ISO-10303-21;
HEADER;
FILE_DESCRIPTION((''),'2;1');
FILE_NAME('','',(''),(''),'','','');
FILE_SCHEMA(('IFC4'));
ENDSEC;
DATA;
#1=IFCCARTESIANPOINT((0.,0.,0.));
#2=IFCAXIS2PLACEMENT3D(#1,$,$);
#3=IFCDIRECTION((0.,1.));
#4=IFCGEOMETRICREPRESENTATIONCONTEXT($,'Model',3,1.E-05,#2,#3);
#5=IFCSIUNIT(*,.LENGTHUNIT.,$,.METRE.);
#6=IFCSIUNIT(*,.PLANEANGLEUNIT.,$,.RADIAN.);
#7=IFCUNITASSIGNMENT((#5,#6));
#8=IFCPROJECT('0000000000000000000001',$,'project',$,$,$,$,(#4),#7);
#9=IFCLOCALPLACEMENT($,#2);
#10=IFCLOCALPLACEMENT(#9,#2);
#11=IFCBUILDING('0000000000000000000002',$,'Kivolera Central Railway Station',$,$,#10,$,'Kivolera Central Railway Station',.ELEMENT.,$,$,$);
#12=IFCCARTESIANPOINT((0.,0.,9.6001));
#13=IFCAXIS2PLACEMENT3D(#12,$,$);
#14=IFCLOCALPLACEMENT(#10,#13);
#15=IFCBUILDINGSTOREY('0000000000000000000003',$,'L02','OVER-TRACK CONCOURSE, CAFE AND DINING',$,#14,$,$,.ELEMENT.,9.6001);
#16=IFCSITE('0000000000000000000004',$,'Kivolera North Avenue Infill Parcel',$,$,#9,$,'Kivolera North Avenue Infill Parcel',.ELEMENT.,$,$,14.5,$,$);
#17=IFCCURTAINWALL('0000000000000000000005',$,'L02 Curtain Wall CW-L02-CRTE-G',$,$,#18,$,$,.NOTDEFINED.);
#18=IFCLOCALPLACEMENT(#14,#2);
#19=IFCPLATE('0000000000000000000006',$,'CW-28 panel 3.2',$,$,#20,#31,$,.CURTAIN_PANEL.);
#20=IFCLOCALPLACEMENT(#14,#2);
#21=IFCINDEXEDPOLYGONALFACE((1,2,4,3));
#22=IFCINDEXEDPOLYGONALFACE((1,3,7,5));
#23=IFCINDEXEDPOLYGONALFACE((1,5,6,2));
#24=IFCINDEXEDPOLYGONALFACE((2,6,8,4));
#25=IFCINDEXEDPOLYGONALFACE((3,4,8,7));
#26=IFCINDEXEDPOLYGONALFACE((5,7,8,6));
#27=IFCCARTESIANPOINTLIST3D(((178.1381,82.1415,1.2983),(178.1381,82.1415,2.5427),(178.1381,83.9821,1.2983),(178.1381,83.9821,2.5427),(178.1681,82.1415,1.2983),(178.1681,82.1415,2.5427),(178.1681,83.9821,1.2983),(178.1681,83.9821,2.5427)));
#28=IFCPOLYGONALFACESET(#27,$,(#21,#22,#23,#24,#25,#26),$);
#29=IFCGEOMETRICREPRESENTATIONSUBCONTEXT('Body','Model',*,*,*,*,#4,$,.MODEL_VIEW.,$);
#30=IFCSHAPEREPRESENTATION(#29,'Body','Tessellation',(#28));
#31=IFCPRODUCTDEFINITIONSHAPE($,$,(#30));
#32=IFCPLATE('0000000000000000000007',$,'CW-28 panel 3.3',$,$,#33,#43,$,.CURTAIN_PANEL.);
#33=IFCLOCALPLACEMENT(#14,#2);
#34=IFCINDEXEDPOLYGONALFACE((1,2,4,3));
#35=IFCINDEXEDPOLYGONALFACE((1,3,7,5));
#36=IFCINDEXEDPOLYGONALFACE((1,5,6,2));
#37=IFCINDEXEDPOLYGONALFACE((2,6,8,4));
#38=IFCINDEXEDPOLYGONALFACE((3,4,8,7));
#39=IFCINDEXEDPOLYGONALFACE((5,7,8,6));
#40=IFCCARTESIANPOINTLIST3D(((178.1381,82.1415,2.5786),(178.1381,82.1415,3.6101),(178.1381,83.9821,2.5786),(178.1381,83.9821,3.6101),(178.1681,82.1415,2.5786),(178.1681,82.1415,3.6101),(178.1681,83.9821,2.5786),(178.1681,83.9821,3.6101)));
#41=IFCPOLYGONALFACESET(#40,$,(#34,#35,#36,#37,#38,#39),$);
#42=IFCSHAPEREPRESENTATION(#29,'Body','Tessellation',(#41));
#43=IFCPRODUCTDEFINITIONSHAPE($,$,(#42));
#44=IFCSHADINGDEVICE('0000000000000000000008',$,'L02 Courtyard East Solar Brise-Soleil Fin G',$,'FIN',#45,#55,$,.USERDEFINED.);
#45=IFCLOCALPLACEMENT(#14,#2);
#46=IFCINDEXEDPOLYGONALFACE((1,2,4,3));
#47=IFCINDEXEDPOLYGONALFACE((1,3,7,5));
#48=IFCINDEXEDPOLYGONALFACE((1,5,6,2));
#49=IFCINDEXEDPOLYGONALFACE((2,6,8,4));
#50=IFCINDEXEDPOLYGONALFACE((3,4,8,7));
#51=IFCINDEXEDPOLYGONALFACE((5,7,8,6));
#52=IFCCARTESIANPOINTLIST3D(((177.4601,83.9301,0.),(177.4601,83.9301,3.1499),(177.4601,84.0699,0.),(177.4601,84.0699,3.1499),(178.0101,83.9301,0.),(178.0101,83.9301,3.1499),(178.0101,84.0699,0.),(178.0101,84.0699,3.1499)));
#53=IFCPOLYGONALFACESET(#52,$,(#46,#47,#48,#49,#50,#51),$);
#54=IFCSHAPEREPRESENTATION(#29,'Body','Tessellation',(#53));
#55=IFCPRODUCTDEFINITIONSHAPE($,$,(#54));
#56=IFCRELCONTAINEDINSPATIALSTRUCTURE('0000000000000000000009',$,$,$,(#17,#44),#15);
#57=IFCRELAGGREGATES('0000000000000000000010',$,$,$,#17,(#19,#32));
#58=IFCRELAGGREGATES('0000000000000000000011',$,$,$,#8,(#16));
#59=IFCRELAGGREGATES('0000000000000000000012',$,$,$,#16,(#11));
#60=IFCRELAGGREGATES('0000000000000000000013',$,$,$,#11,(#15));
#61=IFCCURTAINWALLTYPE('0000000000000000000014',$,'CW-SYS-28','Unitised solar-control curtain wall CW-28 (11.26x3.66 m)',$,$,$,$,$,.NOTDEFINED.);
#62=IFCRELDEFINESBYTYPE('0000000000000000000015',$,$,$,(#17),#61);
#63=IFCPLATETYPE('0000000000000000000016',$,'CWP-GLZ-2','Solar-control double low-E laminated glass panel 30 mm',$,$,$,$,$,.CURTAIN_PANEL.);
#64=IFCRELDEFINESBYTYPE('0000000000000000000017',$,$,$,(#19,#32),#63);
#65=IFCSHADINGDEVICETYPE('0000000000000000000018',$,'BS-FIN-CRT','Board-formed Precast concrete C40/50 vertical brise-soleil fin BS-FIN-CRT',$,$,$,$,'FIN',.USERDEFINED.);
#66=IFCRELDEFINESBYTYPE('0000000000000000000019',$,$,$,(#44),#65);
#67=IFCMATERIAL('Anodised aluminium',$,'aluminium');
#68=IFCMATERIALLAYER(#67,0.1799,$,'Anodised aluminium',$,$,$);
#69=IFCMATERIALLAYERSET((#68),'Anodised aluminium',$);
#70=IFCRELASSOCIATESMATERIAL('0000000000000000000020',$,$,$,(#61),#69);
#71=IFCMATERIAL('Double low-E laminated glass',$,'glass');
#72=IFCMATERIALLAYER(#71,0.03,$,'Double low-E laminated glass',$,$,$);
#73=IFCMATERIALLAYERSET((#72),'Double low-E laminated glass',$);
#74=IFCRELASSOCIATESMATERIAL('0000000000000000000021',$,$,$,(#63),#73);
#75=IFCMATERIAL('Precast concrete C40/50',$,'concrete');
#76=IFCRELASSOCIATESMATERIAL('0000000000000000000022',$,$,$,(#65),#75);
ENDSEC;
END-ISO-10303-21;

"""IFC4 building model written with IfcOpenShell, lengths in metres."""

from ifc_helpers import new_model, si_unit, direction, frame, origin, origin_2d, place, context, subcontext, project, spatial, rectangle, extrude, material, layer, layer_set, type_object, element, aggregate, save


model = new_model("IFC4")

# Units and contexts
model_context = context("Model", 3, precision=1e-05, world=origin(), true_north=direction((0.0, 1.0)))
body_context = subcontext(model_context, "Body", "Model", "MODEL_VIEW")
ifc_project = project(units=[si_unit("LENGTHUNIT", "METRE"), si_unit("PLANEANGLEUNIT", "RADIAN")], contexts=[model_context])

# Site, building, storey
site_placement = place(None, origin())
site = spatial("IfcSite", under=ifc_project, at=site_placement, Name="Kivolera North Avenue Infill Parcel", LongName="Kivolera North Avenue Infill Parcel", CompositionType="ELEMENT", RefElevation=14.5)
building_placement = place(site_placement, origin())
building = spatial("IfcBuilding", under=site, at=building_placement, Name="Kivolera Central Railway Station", LongName="Kivolera Central Railway Station", CompositionType="ELEMENT")
storey_placement = place(building_placement, frame((0.0, 0.0, 9.6001)))
storey = spatial("IfcBuildingStorey", under=building, at=storey_placement, Name="L02", Description="OVER-TRACK CONCOURSE, CAFE AND DINING", CompositionType="ELEMENT", Elevation=9.6001)

# Curtain wall, plates
ifc_material_1 = material(Name="Anodised aluminium", Category="aluminium")
ifc_layer_1 = layer(ifc_material_1, 0.1799, Name="Anodised aluminium")
ifc_layer_set_1 = layer_set([ifc_layer_1], Name="Anodised aluminium")
curtain_wall_type = type_object("IfcCurtainWallType", Name="CW-SYS-28", Description="Unitised solar-control curtain wall CW-28 (11.26x3.66 m)", PredefinedType="NOTDEFINED", material=ifc_layer_set_1)
curtain_wall_placement = place(storey_placement, origin())
curtain_wall = element("IfcCurtainWall", 1, at=curtain_wall_placement, inside=storey, type_object=curtain_wall_type, Name="L02 Curtain Wall CW-L02-CRTE-G", PredefinedType="NOTDEFINED")
ifc_material_2 = material(Name="Double low-E laminated glass", Category="glass")
ifc_layer_2 = layer(ifc_material_2, 0.03, Name="Double low-E laminated glass")
ifc_layer_set_2 = layer_set([ifc_layer_2], Name="Double low-E laminated glass")
plate_type = type_object("IfcPlateType", Name="CWP-GLZ-2", Description="Solar-control double low-E laminated glass panel 30 mm", PredefinedType="CURTAIN_PANEL", material=ifc_layer_set_2)
plate_1_placement = place(storey_placement, frame((178.1531, 83.0618, 1.2983), z_axis=(0.0, 0.0, 1.0), x_axis=(0.0, 1.0, 0.0)))
plate_1 = element("IfcPlate", 2, at=plate_1_placement, type_object=plate_type, Name="CW-28 panel 3.2", PredefinedType="CURTAIN_PANEL", context=body_context, shape_type="SweptSolid", body=[
    extrude(rectangle(XDim=1.8406, YDim=0.03, at=origin_2d()), origin(), (0.0, 0.0, 1.0), 1.2444),
])
plate_2_placement = place(storey_placement, frame((178.1531, 83.0618, 2.5786), z_axis=(0.0, 0.0, 1.0), x_axis=(0.0, 1.0, 0.0)))
plate_2 = element("IfcPlate", 3, at=plate_2_placement, type_object=plate_type, Name="CW-28 panel 3.3", PredefinedType="CURTAIN_PANEL", context=body_context, shape_type="SweptSolid", body=[
    extrude(rectangle(XDim=1.8406, YDim=0.03, at=origin_2d()), origin(), (0.0, 0.0, 1.0), 1.0315),
])
aggregate(curtain_wall, [plate_1, plate_2])

# Shading device
ifc_material_3 = material(Name="Precast concrete C40/50", Category="concrete")
shading_device_type = type_object("IfcShadingDeviceType", Name="BS-FIN-CRT", Description="Board-formed Precast concrete C40/50 vertical brise-soleil fin BS-FIN-CRT", ElementType="FIN", PredefinedType="USERDEFINED", material=ifc_material_3)
shading_device_placement = place(storey_placement, frame((177.7351, 84.0, 0.0), z_axis=(0.0, 0.0, 1.0), x_axis=(1.0, 0.0, 0.0)))
element("IfcShadingDevice", 4, at=shading_device_placement, inside=storey, type_object=shading_device_type, Name="L02 Courtyard East Solar Brise-Soleil Fin G", ObjectType="FIN", PredefinedType="USERDEFINED", context=body_context, shape_type="SweptSolid", body=[
    extrude(rectangle(XDim=0.55, YDim=0.1399, at=origin_2d()), origin(), (0.0, 0.0, 1.0), 3.1499),
])

save(model, "model.ifc")
